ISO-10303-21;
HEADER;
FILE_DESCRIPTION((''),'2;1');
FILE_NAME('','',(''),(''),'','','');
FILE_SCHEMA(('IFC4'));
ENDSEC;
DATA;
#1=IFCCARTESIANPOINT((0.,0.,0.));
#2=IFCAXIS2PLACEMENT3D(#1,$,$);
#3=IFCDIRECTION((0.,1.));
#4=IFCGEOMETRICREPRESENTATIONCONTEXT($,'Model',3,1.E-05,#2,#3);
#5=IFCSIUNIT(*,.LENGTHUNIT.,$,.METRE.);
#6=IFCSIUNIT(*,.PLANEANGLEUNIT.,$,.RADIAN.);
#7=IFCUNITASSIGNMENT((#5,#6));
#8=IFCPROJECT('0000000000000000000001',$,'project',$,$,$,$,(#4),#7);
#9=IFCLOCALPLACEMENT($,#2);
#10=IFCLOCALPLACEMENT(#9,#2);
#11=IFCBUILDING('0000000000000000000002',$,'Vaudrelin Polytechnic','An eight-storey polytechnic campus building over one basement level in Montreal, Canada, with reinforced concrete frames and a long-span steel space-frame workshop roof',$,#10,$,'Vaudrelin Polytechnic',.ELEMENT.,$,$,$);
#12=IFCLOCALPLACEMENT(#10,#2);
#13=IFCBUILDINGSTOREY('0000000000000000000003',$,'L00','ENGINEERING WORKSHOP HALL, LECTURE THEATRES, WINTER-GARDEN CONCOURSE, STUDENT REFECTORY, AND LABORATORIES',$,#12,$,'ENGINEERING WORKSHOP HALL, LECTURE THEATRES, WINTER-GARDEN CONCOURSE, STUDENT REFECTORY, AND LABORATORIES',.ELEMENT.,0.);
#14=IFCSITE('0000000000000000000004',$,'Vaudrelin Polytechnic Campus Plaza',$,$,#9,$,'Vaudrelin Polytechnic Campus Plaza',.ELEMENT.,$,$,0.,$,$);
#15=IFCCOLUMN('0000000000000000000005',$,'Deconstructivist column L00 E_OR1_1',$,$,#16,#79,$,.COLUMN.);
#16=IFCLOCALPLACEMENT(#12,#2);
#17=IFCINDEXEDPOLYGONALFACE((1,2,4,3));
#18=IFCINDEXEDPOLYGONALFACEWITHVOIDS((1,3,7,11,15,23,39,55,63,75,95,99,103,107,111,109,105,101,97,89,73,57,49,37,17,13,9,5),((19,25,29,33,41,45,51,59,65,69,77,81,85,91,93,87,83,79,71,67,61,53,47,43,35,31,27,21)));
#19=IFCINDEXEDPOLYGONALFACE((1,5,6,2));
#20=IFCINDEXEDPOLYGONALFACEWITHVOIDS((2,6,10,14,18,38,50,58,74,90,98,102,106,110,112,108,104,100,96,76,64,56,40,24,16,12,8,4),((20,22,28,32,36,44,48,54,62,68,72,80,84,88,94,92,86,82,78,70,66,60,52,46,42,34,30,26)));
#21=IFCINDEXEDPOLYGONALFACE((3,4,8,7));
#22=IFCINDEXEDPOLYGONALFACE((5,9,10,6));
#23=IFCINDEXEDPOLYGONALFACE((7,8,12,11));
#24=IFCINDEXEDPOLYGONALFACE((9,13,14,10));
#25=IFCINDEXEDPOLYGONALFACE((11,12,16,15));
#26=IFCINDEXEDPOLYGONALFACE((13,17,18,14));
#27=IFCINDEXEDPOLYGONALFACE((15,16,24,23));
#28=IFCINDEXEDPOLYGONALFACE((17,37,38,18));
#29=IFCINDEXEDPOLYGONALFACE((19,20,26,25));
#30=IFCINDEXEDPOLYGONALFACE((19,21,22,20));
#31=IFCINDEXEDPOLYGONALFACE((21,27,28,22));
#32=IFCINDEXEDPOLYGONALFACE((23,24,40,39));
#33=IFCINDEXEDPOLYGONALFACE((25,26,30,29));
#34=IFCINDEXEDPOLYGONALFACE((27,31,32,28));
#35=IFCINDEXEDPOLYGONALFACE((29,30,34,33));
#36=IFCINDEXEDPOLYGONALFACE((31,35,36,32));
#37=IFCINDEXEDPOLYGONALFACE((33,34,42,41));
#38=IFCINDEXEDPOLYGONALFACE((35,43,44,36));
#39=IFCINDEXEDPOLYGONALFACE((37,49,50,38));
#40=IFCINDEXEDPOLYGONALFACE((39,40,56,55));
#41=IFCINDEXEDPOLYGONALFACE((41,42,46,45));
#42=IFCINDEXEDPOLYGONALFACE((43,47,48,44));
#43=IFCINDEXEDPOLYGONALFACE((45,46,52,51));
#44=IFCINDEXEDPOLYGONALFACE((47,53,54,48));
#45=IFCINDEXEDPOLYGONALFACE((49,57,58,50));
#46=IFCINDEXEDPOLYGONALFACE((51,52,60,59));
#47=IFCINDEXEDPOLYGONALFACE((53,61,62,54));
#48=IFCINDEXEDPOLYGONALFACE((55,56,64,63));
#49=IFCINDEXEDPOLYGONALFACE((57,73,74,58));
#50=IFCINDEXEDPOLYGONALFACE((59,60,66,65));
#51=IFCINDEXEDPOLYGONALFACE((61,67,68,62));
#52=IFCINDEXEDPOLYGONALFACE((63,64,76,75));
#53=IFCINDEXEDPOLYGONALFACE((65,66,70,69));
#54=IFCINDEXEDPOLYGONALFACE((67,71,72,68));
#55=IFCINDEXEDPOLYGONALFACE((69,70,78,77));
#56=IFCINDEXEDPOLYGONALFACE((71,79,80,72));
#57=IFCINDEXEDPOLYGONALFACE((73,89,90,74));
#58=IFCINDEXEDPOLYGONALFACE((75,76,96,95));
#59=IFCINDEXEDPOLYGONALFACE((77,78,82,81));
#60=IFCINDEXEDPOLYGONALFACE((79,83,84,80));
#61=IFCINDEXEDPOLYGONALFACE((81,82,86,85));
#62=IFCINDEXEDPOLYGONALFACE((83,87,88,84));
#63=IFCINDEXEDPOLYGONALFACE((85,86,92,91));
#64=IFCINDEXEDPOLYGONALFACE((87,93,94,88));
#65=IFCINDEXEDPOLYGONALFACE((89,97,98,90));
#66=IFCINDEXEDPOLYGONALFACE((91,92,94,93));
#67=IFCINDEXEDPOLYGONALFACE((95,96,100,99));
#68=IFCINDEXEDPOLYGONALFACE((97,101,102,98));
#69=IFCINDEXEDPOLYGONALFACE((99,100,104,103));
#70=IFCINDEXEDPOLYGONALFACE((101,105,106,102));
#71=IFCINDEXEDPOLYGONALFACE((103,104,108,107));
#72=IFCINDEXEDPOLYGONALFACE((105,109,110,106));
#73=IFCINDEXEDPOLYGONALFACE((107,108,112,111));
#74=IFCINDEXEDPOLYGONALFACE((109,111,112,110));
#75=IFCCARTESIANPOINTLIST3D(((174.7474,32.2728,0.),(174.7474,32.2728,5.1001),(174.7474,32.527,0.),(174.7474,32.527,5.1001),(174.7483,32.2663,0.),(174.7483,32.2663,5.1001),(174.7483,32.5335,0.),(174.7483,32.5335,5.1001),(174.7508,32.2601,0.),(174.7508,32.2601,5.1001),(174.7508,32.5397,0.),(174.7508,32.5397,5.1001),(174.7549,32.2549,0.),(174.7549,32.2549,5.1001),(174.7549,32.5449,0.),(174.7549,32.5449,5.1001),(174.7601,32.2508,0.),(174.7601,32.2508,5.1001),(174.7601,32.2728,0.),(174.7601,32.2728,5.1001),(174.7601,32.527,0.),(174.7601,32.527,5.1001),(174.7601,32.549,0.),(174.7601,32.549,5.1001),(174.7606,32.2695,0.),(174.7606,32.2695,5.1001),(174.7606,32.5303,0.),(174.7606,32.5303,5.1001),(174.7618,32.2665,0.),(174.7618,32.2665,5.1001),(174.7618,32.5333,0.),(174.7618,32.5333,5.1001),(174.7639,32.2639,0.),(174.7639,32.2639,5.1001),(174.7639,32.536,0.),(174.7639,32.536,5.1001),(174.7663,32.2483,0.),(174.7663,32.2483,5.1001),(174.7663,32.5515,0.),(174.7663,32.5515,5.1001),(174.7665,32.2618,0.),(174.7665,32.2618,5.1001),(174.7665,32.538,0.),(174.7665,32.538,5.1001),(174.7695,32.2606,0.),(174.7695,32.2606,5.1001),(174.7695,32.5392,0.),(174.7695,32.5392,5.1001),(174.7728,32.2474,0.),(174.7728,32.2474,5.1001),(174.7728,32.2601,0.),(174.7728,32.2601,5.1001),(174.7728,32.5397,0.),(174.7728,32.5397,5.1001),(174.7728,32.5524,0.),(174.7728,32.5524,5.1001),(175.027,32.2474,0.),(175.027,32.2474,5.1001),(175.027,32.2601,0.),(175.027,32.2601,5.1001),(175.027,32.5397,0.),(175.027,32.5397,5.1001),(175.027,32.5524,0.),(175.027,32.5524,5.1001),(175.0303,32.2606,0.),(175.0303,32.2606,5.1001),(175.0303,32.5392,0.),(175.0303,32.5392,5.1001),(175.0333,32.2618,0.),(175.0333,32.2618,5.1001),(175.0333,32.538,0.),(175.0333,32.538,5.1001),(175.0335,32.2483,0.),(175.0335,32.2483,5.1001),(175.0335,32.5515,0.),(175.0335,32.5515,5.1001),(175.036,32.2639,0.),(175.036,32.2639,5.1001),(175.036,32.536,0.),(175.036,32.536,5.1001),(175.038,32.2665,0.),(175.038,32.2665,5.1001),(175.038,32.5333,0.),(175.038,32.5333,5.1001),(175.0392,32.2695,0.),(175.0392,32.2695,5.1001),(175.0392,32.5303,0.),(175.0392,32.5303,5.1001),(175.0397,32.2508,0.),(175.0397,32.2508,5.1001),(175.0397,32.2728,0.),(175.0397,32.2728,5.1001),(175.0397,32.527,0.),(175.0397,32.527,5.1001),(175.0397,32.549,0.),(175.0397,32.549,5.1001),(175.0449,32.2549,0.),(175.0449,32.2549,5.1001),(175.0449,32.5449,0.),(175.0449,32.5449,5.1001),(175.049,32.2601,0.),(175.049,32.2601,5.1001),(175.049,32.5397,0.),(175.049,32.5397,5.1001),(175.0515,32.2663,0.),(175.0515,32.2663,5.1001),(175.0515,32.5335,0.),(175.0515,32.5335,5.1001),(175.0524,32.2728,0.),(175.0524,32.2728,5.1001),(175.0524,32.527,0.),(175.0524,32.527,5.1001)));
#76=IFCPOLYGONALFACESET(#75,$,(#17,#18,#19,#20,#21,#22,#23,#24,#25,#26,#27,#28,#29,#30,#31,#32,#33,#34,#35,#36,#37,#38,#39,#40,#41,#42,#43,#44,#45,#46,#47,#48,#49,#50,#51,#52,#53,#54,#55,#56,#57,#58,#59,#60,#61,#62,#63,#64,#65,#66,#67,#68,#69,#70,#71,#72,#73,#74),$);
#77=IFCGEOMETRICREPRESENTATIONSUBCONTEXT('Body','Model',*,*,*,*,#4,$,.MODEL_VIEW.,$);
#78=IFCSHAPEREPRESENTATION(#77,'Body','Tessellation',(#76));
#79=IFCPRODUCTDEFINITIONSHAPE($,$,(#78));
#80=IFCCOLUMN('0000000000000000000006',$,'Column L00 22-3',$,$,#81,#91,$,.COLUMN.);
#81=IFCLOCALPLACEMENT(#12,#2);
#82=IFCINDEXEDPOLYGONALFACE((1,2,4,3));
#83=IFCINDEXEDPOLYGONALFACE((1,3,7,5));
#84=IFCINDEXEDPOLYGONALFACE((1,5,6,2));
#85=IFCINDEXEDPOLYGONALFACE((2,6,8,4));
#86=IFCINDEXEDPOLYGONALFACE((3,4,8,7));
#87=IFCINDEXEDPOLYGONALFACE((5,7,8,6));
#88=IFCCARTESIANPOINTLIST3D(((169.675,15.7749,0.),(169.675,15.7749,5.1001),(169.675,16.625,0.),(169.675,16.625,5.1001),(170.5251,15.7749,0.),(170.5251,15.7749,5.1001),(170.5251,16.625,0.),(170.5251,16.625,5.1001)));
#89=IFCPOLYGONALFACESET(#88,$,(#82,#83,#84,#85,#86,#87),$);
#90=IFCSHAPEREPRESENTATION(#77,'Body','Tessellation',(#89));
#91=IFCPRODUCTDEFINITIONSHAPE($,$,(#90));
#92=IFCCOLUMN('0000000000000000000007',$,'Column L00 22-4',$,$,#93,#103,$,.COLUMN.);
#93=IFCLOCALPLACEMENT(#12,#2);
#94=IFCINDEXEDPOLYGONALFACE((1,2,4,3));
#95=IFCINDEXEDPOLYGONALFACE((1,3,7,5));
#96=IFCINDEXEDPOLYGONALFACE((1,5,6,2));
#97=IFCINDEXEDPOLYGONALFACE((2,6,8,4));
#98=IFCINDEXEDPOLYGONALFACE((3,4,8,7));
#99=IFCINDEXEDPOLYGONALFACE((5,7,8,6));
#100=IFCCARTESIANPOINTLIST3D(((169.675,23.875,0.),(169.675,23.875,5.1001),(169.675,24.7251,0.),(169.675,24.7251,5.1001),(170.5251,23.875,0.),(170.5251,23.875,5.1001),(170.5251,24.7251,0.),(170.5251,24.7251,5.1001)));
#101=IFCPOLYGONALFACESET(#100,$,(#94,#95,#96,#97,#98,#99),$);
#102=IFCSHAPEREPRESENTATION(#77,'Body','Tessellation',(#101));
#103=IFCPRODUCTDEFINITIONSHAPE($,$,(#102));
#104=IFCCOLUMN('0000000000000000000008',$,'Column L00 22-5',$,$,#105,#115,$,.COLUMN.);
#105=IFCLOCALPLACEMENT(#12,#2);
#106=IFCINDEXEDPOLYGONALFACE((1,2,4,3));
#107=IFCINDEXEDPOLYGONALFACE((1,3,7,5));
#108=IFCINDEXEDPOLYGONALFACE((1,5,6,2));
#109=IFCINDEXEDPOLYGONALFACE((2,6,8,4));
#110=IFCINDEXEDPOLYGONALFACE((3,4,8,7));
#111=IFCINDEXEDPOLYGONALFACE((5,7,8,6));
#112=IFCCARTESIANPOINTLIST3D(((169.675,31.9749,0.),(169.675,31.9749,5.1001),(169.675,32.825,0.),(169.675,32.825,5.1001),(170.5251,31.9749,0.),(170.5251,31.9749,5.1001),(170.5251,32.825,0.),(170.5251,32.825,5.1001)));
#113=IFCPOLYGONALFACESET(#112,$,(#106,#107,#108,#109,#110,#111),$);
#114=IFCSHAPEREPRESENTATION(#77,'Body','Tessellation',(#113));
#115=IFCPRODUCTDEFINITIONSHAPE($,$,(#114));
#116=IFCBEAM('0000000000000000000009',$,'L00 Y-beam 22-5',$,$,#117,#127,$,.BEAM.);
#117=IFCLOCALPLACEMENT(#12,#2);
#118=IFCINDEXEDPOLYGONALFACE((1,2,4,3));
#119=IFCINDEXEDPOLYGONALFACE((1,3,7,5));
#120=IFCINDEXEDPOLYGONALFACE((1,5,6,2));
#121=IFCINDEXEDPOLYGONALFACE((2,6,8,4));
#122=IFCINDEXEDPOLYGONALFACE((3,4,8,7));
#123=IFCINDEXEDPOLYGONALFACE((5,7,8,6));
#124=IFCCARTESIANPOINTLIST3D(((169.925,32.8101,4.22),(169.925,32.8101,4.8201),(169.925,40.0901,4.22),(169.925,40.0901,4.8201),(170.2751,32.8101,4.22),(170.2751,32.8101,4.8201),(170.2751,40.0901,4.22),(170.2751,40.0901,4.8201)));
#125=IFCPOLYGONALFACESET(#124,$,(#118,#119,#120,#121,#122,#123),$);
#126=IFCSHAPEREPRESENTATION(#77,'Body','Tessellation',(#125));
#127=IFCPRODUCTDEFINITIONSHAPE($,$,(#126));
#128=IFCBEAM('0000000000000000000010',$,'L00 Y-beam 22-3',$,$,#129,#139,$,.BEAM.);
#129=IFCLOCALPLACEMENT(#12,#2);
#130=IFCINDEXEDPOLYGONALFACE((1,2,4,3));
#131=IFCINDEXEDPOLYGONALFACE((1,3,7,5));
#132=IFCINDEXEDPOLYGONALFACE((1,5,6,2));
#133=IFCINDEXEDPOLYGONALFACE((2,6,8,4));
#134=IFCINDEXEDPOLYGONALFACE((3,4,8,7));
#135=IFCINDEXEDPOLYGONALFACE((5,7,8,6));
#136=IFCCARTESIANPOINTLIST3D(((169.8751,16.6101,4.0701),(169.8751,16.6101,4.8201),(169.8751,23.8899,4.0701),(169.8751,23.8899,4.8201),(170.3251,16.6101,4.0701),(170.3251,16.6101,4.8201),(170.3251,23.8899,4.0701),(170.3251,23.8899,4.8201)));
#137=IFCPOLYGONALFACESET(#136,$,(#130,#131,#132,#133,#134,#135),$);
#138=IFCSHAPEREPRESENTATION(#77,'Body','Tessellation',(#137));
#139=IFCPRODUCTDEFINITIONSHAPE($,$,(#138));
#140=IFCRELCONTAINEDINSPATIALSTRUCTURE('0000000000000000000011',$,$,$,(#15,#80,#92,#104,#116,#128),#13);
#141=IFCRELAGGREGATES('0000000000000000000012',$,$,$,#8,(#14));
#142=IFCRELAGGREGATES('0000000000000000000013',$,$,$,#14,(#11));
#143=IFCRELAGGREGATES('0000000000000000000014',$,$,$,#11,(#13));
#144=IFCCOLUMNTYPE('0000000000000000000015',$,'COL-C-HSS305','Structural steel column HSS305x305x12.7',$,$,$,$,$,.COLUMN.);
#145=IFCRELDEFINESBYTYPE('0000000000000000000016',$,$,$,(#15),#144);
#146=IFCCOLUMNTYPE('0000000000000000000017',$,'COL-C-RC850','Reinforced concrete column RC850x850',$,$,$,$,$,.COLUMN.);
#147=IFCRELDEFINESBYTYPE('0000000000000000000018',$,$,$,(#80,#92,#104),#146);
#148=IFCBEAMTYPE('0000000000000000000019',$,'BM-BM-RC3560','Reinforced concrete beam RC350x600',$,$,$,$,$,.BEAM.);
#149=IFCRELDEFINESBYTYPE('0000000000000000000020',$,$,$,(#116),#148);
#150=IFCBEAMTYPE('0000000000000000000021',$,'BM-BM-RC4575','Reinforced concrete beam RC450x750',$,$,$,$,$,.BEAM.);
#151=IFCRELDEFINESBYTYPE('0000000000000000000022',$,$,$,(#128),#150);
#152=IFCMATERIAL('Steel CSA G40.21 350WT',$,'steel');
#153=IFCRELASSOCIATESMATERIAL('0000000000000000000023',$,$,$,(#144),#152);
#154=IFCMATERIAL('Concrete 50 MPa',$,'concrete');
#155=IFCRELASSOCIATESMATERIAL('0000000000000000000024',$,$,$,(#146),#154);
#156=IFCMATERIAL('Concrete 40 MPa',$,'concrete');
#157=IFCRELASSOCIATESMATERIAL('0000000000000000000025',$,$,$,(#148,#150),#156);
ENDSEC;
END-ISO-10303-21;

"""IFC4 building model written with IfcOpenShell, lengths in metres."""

from ifc_helpers import new_model, si_unit, direction, frame, origin, origin_2d, place, context, subcontext, project, spatial, rectangle, hollow_rectangle, extrude, material, material_profile, profile_set, type_object, element, save


model = new_model("IFC4")

# Units and contexts
model_context = context("Model", 3, precision=1e-05, world=origin(), true_north=direction((0.0, 1.0)))
body_context = subcontext(model_context, "Body", "Model", "MODEL_VIEW")
ifc_project = project(units=[si_unit("LENGTHUNIT", "METRE"), si_unit("PLANEANGLEUNIT", "RADIAN")], contexts=[model_context])

# Site, building, storey
site_placement = place(None, origin())
site = spatial("IfcSite", under=ifc_project, at=site_placement, Name="Vaudrelin Polytechnic Campus Plaza", LongName="Vaudrelin Polytechnic Campus Plaza", CompositionType="ELEMENT", RefElevation=0.0)
building_placement = place(site_placement, origin())
building = spatial("IfcBuilding", under=site, at=building_placement, Name="Vaudrelin Polytechnic", Description="An eight-storey polytechnic campus building over one basement level in Montreal, Canada, with reinforced concrete frames and a long-span steel space-frame workshop roof", LongName="Vaudrelin Polytechnic", CompositionType="ELEMENT")
storey_placement = place(building_placement, origin())
storey = spatial("IfcBuildingStorey", under=building, at=storey_placement, Name="L00", Description="ENGINEERING WORKSHOP HALL, LECTURE THEATRES, WINTER-GARDEN CONCOURSE, STUDENT REFECTORY, AND LABORATORIES", LongName="ENGINEERING WORKSHOP HALL, LECTURE THEATRES, WINTER-GARDEN CONCOURSE, STUDENT REFECTORY, AND LABORATORIES", CompositionType="ELEMENT", Elevation=0.0)

# Columns
ifc_material_1 = material(Name="Steel CSA G40.21 350WT", Category="steel")
ifc_material_profile_1 = material_profile(ifc_material_1, hollow_rectangle(XDim=0.3049, YDim=0.3049, WallThickness=0.0127, InnerFilletRadius=0.0127, OuterFilletRadius=0.0254, at=origin_2d()), Name="HSS305x305x12.7")
ifc_profile_set_1 = profile_set([ifc_material_profile_1], Name="Steel CSA G40.21 350WT")
column_type_1 = type_object("IfcColumnType", Name="COL-C-HSS305", Description="Structural steel column HSS305x305x12.7", PredefinedType="COLUMN", material=ifc_profile_set_1)
column_placement = place(storey_placement, frame((174.8999, 32.3999, 0.0), z_axis=(0.0, 0.0, 1.0), x_axis=(1.0, 0.0, 0.0)))
element("IfcColumn", 1, at=column_placement, inside=storey, type_object=column_type_1, Name="Deconstructivist column L00 E_OR1_1", PredefinedType="COLUMN", context=body_context, shape_type="SweptSolid", body=[
    extrude(hollow_rectangle(XDim=0.3049, YDim=0.3049, WallThickness=0.0127, InnerFilletRadius=0.0127, OuterFilletRadius=0.0254, at=origin_2d()), origin(), (0.0, 0.0, 1.0), 5.1001),
])
ifc_material_2 = material(Name="Concrete 50 MPa", Category="concrete")
ifc_material_profile_2 = material_profile(ifc_material_2, rectangle(XDim=0.8501, YDim=0.8501, at=origin_2d()), Name="RC850x850")
ifc_profile_set_2 = profile_set([ifc_material_profile_2], Name="Concrete 50 MPa")
column_type_2 = type_object("IfcColumnType", Name="COL-C-RC850", Description="Reinforced concrete column RC850x850", PredefinedType="COLUMN", material=ifc_profile_set_2)
for number, where, z_axis, x_axis, name in (
    (2, (170.1001, 16.2, 0.0), (0.0, 0.0, 1.0), (1.0, 0.0, 0.0), "Column L00 22-3"),
    (3, (170.1001, 24.3, 0.0), (0.0, 0.0, 1.0), (1.0, 0.0, 0.0), "Column L00 22-4"),
    (4, (170.1001, 32.3999, 0.0), (0.0, 0.0, 1.0), (1.0, 0.0, 0.0), "Column L00 22-5"),
):
    element("IfcColumn", number, at=place(storey_placement, frame(where, z_axis=z_axis, x_axis=x_axis)), inside=storey, type_object=column_type_2, Name=name, PredefinedType="COLUMN", context=body_context, shape_type="SweptSolid", body=[
        extrude(rectangle(XDim=0.8501, YDim=0.8501, at=origin_2d()), origin(), (0.0, 0.0, 1.0), 5.1001),
    ])

# Beams
ifc_material_3 = material(Name="Concrete 40 MPa", Category="concrete")
ifc_material_profile_3 = material_profile(ifc_material_3, rectangle(XDim=0.3501, YDim=0.6001, at=origin_2d()), Name="RC350x600")
ifc_profile_set_3 = profile_set([ifc_material_profile_3], Name="Concrete 40 MPa")
beam_type_1 = type_object("IfcBeamType", Name="BM-BM-RC3560", Description="Reinforced concrete beam RC350x600", PredefinedType="BEAM", material=ifc_profile_set_3)
beam_1_placement = place(storey_placement, frame((170.1001, 32.8101, 4.52), z_axis=(0.0, 1.0, 0.0), x_axis=(-1.0, 0.0, 0.0)))
element("IfcBeam", 5, at=beam_1_placement, inside=storey, type_object=beam_type_1, Name="L00 Y-beam 22-5", PredefinedType="BEAM", context=body_context, shape_type="SweptSolid", body=[
    extrude(rectangle(XDim=0.3501, YDim=0.6001, at=origin_2d()), origin(), (0.0, 0.0, 1.0), 7.28),
])
ifc_material_profile_4 = material_profile(ifc_material_3, rectangle(XDim=0.45, YDim=0.75, at=origin_2d()), Name="RC450x750")
ifc_profile_set_4 = profile_set([ifc_material_profile_4], Name="Concrete 40 MPa")
beam_type_2 = type_object("IfcBeamType", Name="BM-BM-RC4575", Description="Reinforced concrete beam RC450x750", PredefinedType="BEAM", material=ifc_profile_set_4)
beam_2_placement = place(storey_placement, frame((170.1001, 16.6101, 4.4451), z_axis=(0.0, 1.0, 0.0), x_axis=(-1.0, 0.0, 0.0)))
element("IfcBeam", 6, at=beam_2_placement, inside=storey, type_object=beam_type_2, Name="L00 Y-beam 22-3", PredefinedType="BEAM", context=body_context, shape_type="SweptSolid", body=[
    extrude(rectangle(XDim=0.45, YDim=0.75, at=origin_2d()), origin(), (0.0, 0.0, 1.0), 7.2798),
])

save(model, "model.ifc")
